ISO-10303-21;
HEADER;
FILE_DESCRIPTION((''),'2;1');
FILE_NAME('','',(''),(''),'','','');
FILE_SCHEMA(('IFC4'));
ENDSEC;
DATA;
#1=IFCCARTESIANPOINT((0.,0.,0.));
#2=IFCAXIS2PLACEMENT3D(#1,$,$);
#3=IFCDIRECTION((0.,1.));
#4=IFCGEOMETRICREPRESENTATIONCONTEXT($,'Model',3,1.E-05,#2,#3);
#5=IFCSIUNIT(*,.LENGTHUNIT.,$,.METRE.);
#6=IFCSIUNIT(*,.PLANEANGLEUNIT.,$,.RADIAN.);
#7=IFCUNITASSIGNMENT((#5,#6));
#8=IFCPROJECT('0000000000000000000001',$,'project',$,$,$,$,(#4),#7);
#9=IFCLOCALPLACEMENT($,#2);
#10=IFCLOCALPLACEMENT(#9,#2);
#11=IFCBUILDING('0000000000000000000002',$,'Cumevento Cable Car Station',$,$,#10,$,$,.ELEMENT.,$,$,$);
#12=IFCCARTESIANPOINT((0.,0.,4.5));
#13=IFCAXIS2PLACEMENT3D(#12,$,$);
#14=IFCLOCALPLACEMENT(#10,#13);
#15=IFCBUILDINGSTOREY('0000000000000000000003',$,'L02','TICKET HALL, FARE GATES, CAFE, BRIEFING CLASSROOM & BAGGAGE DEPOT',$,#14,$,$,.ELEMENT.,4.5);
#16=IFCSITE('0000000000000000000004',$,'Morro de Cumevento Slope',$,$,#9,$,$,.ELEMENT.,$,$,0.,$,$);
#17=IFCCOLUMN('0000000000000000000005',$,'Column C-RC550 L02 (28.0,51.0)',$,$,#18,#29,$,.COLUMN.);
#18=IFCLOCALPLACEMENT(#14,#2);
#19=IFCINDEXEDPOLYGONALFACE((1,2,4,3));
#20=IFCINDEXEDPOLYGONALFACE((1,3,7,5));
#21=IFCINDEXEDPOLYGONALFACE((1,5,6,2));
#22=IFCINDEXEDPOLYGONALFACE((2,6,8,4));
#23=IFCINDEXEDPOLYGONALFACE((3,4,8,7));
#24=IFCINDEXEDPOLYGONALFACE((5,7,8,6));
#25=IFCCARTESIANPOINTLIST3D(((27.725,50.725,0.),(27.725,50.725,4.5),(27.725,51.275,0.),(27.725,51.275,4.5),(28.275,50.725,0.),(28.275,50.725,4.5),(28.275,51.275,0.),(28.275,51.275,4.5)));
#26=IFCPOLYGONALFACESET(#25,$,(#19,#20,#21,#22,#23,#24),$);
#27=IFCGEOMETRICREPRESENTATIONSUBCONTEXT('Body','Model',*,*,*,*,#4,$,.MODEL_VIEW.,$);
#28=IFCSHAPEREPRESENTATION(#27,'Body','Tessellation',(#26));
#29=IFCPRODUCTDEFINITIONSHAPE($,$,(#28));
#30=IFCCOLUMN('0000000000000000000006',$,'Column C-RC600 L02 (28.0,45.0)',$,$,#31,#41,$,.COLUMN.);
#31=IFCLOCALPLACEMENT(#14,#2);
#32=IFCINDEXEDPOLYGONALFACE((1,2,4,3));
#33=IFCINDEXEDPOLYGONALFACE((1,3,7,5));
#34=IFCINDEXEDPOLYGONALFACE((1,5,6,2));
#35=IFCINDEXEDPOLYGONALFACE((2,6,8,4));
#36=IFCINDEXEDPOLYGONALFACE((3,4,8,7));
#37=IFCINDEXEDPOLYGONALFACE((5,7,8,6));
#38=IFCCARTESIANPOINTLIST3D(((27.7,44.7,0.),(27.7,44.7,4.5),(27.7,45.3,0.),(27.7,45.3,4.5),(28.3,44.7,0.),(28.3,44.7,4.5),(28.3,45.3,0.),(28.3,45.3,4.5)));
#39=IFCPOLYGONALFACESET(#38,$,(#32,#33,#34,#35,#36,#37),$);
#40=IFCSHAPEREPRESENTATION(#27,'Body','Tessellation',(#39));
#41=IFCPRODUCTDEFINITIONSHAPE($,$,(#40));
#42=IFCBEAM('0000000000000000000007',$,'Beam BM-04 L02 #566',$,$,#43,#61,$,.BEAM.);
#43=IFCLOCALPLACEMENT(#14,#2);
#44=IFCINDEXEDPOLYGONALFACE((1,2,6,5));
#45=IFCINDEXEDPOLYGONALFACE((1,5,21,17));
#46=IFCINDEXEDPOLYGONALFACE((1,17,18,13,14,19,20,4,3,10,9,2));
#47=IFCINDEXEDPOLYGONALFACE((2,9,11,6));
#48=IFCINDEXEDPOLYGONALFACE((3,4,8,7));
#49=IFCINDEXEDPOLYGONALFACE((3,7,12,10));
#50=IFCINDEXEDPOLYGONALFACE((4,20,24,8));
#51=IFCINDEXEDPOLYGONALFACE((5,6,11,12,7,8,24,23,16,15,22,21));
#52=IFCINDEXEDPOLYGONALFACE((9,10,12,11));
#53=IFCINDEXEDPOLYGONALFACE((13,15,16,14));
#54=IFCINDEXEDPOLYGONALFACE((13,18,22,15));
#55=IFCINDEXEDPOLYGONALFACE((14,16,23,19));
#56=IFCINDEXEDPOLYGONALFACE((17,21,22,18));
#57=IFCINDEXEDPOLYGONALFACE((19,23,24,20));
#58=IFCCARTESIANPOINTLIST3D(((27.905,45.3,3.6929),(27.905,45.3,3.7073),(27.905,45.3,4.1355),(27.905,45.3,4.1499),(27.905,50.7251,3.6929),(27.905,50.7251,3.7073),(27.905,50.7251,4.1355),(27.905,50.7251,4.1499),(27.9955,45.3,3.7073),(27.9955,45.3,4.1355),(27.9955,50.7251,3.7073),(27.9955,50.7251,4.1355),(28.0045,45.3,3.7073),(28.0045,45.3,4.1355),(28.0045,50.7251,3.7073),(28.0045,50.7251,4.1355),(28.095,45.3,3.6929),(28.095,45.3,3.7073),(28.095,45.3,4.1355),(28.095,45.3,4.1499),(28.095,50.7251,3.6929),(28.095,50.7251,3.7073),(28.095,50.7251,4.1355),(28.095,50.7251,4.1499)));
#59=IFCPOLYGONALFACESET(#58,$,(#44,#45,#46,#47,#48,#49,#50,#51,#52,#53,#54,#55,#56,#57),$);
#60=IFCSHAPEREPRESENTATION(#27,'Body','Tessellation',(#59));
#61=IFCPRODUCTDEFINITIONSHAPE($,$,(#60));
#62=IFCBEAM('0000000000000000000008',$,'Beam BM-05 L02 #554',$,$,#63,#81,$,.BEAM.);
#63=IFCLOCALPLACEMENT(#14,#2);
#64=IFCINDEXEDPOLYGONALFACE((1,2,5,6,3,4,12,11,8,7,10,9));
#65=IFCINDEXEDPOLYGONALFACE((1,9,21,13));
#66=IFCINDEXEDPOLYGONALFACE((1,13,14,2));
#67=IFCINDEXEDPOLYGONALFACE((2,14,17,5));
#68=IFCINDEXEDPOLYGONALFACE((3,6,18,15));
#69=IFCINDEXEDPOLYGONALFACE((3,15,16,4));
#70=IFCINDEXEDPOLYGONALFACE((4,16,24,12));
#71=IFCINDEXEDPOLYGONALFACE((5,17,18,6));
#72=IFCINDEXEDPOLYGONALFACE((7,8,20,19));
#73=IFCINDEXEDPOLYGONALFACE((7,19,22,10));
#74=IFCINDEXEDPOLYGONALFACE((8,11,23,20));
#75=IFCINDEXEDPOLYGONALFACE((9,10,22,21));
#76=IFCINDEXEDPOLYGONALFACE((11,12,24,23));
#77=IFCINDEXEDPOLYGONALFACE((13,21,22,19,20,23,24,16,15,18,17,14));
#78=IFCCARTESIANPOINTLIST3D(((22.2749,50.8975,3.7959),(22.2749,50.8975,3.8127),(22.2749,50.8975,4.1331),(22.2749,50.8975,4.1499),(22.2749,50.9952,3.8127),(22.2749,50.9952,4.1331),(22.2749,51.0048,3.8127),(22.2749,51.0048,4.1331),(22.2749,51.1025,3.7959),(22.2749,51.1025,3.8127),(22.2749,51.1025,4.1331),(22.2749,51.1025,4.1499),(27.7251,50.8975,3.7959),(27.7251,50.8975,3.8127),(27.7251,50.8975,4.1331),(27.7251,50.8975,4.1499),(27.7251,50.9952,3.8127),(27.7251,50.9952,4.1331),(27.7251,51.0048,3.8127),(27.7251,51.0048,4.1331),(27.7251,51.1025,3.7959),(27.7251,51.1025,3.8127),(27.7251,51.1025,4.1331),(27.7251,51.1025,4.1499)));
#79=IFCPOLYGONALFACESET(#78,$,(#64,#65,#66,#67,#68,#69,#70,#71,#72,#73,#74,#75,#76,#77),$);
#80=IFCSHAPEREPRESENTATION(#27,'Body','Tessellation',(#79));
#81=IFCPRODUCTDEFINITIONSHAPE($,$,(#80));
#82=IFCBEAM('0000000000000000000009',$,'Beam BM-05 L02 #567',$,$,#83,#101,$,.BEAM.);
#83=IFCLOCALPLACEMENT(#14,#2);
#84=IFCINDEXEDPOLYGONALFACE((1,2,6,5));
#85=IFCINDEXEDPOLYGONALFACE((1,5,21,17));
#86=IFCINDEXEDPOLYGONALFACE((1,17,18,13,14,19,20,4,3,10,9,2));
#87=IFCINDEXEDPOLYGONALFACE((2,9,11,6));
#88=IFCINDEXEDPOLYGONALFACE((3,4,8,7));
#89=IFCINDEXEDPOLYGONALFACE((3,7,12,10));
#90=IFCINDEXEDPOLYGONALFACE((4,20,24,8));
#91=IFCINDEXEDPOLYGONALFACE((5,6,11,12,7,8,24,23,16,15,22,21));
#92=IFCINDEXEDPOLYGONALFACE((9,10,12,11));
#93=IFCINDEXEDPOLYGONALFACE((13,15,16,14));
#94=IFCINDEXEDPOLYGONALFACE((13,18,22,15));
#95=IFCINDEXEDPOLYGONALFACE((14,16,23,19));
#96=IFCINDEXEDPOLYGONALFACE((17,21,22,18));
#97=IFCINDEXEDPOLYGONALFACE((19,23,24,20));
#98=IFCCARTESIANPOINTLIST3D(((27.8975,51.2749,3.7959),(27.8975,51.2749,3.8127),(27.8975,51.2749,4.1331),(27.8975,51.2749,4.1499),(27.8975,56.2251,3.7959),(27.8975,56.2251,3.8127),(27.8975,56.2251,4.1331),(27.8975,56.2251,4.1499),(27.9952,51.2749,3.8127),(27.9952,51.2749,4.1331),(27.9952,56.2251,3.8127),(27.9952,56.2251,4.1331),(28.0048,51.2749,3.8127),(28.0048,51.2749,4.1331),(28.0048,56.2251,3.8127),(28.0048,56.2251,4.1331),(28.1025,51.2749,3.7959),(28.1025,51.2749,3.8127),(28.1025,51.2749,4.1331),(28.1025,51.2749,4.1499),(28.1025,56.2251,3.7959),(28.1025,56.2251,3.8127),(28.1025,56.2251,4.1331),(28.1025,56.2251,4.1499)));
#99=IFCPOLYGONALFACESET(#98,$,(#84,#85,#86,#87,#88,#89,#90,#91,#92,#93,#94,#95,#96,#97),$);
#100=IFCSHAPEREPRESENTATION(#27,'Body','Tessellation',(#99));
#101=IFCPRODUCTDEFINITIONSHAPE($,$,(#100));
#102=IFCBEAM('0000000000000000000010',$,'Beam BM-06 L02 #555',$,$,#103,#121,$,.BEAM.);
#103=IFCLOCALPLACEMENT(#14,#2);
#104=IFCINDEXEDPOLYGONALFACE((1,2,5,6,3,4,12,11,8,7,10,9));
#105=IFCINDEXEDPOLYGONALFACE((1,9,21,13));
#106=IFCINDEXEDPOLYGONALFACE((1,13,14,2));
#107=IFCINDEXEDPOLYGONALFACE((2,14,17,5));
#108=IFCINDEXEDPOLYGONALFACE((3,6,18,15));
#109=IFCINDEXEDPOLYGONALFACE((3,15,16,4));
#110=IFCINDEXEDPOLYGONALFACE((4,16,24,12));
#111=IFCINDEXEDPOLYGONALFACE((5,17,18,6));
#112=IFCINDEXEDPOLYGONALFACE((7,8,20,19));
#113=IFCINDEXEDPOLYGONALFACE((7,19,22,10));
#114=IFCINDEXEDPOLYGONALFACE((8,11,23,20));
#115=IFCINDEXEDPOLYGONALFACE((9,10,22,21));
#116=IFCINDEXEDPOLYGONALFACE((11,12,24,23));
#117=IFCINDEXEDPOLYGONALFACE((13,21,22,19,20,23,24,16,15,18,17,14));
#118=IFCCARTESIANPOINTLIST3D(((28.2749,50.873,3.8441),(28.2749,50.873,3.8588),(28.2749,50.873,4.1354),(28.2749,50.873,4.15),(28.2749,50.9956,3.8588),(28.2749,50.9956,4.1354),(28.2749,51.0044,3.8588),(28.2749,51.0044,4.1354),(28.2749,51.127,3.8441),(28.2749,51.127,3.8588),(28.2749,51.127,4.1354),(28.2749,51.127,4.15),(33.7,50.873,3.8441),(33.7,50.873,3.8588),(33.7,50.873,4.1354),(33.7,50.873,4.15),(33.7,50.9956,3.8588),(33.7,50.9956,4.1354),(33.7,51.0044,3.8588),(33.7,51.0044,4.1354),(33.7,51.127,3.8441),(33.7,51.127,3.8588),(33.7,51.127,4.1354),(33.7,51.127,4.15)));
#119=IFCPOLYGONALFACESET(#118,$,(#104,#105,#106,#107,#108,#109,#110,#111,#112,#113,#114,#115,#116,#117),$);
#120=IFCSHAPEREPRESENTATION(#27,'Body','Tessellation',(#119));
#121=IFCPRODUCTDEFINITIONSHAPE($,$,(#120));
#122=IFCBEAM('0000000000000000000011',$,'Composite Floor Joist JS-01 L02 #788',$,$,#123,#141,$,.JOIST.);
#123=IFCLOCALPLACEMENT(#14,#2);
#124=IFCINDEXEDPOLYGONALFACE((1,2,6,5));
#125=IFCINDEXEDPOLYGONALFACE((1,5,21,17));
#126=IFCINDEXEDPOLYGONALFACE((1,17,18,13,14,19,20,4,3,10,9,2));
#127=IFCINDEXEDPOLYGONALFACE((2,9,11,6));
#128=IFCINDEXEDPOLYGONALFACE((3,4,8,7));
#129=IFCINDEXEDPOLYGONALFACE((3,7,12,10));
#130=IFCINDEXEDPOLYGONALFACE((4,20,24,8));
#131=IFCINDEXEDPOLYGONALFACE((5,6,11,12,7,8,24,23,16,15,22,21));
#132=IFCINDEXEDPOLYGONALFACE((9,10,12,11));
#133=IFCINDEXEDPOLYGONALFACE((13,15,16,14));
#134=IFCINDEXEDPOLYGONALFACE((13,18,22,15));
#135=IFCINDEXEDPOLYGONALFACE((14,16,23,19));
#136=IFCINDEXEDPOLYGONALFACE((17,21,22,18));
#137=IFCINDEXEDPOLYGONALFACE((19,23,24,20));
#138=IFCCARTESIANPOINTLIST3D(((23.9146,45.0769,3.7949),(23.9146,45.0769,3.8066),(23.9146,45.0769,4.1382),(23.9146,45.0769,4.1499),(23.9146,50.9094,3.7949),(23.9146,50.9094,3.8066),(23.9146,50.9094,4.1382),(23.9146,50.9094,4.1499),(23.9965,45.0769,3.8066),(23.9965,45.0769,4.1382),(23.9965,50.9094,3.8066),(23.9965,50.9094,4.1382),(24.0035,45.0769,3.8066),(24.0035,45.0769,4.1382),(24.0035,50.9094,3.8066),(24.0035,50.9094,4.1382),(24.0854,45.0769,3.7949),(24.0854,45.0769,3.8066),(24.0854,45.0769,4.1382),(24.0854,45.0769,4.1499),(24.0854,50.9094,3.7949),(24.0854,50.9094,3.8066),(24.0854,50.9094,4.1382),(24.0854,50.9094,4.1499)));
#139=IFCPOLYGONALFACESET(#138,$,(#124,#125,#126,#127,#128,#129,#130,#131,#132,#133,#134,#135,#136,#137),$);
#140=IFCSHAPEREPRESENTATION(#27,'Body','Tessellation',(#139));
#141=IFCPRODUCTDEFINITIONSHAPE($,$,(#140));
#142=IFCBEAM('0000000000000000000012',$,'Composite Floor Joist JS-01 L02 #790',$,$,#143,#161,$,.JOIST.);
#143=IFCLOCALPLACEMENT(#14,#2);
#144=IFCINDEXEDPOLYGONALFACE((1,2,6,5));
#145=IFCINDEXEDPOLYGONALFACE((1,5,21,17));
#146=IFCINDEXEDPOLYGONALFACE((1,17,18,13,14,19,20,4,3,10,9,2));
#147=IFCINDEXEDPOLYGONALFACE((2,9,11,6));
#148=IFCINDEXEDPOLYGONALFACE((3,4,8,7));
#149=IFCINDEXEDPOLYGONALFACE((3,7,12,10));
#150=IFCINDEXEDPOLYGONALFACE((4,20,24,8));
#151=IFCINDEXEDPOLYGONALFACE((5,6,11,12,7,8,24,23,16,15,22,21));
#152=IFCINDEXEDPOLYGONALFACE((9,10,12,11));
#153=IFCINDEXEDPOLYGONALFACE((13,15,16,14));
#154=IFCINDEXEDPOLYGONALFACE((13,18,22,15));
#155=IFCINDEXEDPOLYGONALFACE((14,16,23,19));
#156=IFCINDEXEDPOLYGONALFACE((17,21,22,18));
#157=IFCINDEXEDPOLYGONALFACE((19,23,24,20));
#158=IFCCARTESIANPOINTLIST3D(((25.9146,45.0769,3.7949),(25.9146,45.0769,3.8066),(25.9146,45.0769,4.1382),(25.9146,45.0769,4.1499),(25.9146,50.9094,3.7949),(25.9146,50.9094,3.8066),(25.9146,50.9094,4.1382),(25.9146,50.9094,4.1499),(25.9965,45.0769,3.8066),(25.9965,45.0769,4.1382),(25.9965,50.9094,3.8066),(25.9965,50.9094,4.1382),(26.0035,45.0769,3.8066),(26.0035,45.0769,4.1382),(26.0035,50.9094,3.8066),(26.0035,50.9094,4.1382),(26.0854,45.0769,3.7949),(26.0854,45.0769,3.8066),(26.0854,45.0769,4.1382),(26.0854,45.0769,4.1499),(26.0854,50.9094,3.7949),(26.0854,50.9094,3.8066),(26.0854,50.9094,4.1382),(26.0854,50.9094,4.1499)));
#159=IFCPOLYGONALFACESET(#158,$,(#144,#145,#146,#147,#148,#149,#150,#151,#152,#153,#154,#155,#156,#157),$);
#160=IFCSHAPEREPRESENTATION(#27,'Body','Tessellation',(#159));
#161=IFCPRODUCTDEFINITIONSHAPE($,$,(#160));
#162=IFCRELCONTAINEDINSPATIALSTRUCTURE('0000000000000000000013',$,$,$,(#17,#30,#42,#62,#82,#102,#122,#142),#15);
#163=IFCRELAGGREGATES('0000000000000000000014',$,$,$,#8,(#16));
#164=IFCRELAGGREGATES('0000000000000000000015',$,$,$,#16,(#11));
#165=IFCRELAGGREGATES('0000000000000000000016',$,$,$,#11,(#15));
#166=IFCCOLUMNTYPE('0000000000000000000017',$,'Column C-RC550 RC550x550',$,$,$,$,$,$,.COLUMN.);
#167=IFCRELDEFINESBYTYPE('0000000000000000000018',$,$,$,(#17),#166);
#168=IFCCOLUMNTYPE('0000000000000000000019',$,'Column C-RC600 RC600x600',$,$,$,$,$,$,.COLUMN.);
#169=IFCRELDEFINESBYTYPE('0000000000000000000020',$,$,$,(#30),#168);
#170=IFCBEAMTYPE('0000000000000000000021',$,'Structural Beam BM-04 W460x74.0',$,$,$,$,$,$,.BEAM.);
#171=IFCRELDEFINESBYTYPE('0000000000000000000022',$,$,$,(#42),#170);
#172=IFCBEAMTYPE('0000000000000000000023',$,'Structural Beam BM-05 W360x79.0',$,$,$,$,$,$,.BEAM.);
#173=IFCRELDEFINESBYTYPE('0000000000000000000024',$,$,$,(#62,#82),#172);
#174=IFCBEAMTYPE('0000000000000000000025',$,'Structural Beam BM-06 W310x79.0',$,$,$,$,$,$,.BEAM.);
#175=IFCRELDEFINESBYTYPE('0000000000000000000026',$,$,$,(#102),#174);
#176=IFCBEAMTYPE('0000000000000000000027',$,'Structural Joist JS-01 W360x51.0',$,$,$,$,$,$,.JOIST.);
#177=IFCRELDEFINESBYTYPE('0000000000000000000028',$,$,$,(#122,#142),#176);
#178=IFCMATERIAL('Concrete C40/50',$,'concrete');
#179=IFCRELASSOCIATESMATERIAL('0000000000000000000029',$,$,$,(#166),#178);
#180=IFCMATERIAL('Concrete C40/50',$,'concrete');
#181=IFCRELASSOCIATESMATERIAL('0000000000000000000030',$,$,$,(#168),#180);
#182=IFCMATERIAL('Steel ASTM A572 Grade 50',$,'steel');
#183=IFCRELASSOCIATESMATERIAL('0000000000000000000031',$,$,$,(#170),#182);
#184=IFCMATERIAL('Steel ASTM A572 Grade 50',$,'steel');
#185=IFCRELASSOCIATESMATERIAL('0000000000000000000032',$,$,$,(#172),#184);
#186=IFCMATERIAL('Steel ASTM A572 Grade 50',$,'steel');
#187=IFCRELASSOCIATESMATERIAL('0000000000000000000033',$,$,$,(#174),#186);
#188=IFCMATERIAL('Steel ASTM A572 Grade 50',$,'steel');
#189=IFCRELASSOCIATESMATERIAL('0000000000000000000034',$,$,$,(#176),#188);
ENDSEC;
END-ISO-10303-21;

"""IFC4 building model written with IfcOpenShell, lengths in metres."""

from ifc_helpers import new_model, si_unit, direction, frame, origin, origin_2d, place, context, subcontext, project, spatial, rectangle, i_section, extrude, material, material_profile, profile_set, type_object, element, save


model = new_model("IFC4")

# Units and contexts
model_context = context("Model", 3, precision=1e-05, world=origin(), true_north=direction((0.0, 1.0)))
body_context = subcontext(model_context, "Body", "Model", "MODEL_VIEW")
ifc_project = project(units=[si_unit("LENGTHUNIT", "METRE"), si_unit("PLANEANGLEUNIT", "RADIAN")], contexts=[model_context])

# Site, building, storey
site_placement = place(None, origin())
site = spatial("IfcSite", under=ifc_project, at=site_placement, Name="Morro de Cumevento Slope", CompositionType="ELEMENT", RefElevation=0.0)
building_placement = place(site_placement, origin())
building = spatial("IfcBuilding", under=site, at=building_placement, Name="Cumevento Cable Car Station", CompositionType="ELEMENT")
storey_placement = place(building_placement, frame((0.0, 0.0, 4.5)))
storey = spatial("IfcBuildingStorey", under=building, at=storey_placement, Name="L02", Description="TICKET HALL, FARE GATES, CAFE, BRIEFING CLASSROOM & BAGGAGE DEPOT", CompositionType="ELEMENT", Elevation=4.5)

# Columns
ifc_material_1 = material(Name="Concrete C40/50", Category="concrete")
ifc_material_profile_1 = material_profile(ifc_material_1, rectangle(XDim=0.55, YDim=0.55, at=origin_2d()), Name="RC550x550")
ifc_profile_set_1 = profile_set([ifc_material_profile_1], Name="Concrete C40/50")
column_type_1 = type_object("IfcColumnType", Name="Column C-RC550 RC550x550", PredefinedType="COLUMN", material=ifc_profile_set_1)
column_1_placement = place(storey_placement, frame((28.0, 51.0, 0.0), z_axis=(0.0, 0.0, 1.0), x_axis=(1.0, 0.0, 0.0)))
element("IfcColumn", 1, at=column_1_placement, inside=storey, type_object=column_type_1, Name="Column C-RC550 L02 (28.0,51.0)", PredefinedType="COLUMN", context=body_context, shape_type="SweptSolid", body=[
    extrude(rectangle(XDim=0.55, YDim=0.55, at=origin_2d()), origin(), (0.0, 0.0, 1.0), 4.5),
])
ifc_material_2 = material(Name="Concrete C40/50", Category="concrete")
ifc_material_profile_2 = material_profile(ifc_material_2, rectangle(XDim=0.6001, YDim=0.6001, at=origin_2d()), Name="RC600x600")
ifc_profile_set_2 = profile_set([ifc_material_profile_2], Name="Concrete C40/50")
column_type_2 = type_object("IfcColumnType", Name="Column C-RC600 RC600x600", PredefinedType="COLUMN", material=ifc_profile_set_2)
column_2_placement = place(storey_placement, frame((28.0, 45.0, 0.0), z_axis=(0.0, 0.0, 1.0), x_axis=(1.0, 0.0, 0.0)))
element("IfcColumn", 2, at=column_2_placement, inside=storey, type_object=column_type_2, Name="Column C-RC600 L02 (28.0,45.0)", PredefinedType="COLUMN", context=body_context, shape_type="SweptSolid", body=[
    extrude(rectangle(XDim=0.6001, YDim=0.6001, at=origin_2d()), origin(), (0.0, 0.0, 1.0), 4.5),
])

# Beams
ifc_material_3 = material(Name="Steel ASTM A572 Grade 50", Category="steel")
ifc_material_profile_3 = material_profile(ifc_material_3, i_section(OverallWidth=0.1899, OverallDepth=0.457, WebThickness=0.009, FlangeThickness=0.0144, at=origin_2d()), Name="W460x74.0")
ifc_profile_set_3 = profile_set([ifc_material_profile_3], Name="Steel ASTM A572 Grade 50")
beam_type_1 = type_object("IfcBeamType", Name="Structural Beam BM-04 W460x74.0", PredefinedType="BEAM", material=ifc_profile_set_3)
beam_1_placement = place(storey_placement, frame((28.0, 45.3, 3.9214), z_axis=(0.0, 1.0, 0.0), x_axis=(-1.0, 0.0, 0.0)))
element("IfcBeam", 3, at=beam_1_placement, inside=storey, type_object=beam_type_1, Name="Beam BM-04 L02 #566", PredefinedType="BEAM", context=body_context, shape_type="SweptSolid", body=[
    extrude(i_section(OverallWidth=0.1899, OverallDepth=0.457, WebThickness=0.009, FlangeThickness=0.0144, at=origin_2d()), origin(), (0.0, 0.0, 1.0), 5.425),
])
ifc_material_4 = material(Name="Steel ASTM A572 Grade 50", Category="steel")
ifc_material_profile_4 = material_profile(ifc_material_4, i_section(OverallWidth=0.2051, OverallDepth=0.354, WebThickness=0.0095, FlangeThickness=0.0168, at=origin_2d()), Name="W360x79.0")
ifc_profile_set_4 = profile_set([ifc_material_profile_4], Name="Steel ASTM A572 Grade 50")
beam_type_2 = type_object("IfcBeamType", Name="Structural Beam BM-05 W360x79.0", PredefinedType="BEAM", material=ifc_profile_set_4)
beam_2_placement = place(storey_placement, frame((22.2749, 51.0, 3.9729), z_axis=(1.0, 0.0, 0.0), x_axis=(0.0, 1.0, 0.0)))
element("IfcBeam", 4, at=beam_2_placement, inside=storey, type_object=beam_type_2, Name="Beam BM-05 L02 #554", PredefinedType="BEAM", context=body_context, shape_type="SweptSolid", body=[
    extrude(i_section(OverallWidth=0.2051, OverallDepth=0.354, WebThickness=0.0095, FlangeThickness=0.0168, at=origin_2d()), origin(), (0.0, 0.0, 1.0), 5.4502),
])
beam_3_placement = place(storey_placement, frame((28.0, 51.2749, 3.9729), z_axis=(0.0, 1.0, 0.0), x_axis=(-1.0, 0.0, 0.0)))
element("IfcBeam", 5, at=beam_3_placement, inside=storey, type_object=beam_type_2, Name="Beam BM-05 L02 #567", PredefinedType="BEAM", context=body_context, shape_type="SweptSolid", body=[
    extrude(i_section(OverallWidth=0.2051, OverallDepth=0.354, WebThickness=0.0095, FlangeThickness=0.0168, at=origin_2d()), origin(), (0.0, 0.0, 1.0), 4.9502),
])
ifc_material_5 = material(Name="Steel ASTM A572 Grade 50", Category="steel")
ifc_material_profile_5 = material_profile(ifc_material_5, i_section(OverallWidth=0.2539, OverallDepth=0.3059, WebThickness=0.0088, FlangeThickness=0.0146, at=origin_2d()), Name="W310x79.0")
ifc_profile_set_5 = profile_set([ifc_material_profile_5], Name="Steel ASTM A572 Grade 50")
beam_type_3 = type_object("IfcBeamType", Name="Structural Beam BM-06 W310x79.0", PredefinedType="BEAM", material=ifc_profile_set_5)
beam_4_placement = place(storey_placement, frame((28.2749, 51.0, 3.9971), z_axis=(1.0, 0.0, 0.0), x_axis=(0.0, 1.0, 0.0)))
element("IfcBeam", 6, at=beam_4_placement, inside=storey, type_object=beam_type_3, Name="Beam BM-06 L02 #555", PredefinedType="BEAM", context=body_context, shape_type="SweptSolid", body=[
    extrude(i_section(OverallWidth=0.2539, OverallDepth=0.3059, WebThickness=0.0088, FlangeThickness=0.0146, at=origin_2d()), origin(), (0.0, 0.0, 1.0), 5.425),
])
ifc_material_6 = material(Name="Steel ASTM A572 Grade 50", Category="steel")
ifc_material_profile_6 = material_profile(ifc_material_6, i_section(OverallWidth=0.1709, OverallDepth=0.355, WebThickness=0.0071, FlangeThickness=0.0117, at=origin_2d()), Name="W360x51.0")
ifc_profile_set_6 = profile_set([ifc_material_profile_6], Name="Steel ASTM A572 Grade 50")
beam_type_4 = type_object("IfcBeamType", Name="Structural Joist JS-01 W360x51.0", PredefinedType="JOIST", material=ifc_profile_set_6)
for number, where, z_axis, x_axis, name in (
    (7, (24.0, 45.0769, 3.9724), (0.0, 1.0, 0.0), (-1.0, 0.0, 0.0), "Composite Floor Joist JS-01 L02 #788"),
    (8, (26.0, 45.0769, 3.9724), (0.0, 1.0, 0.0), (-1.0, 0.0, 0.0), "Composite Floor Joist JS-01 L02 #790"),
):
    element("IfcBeam", number, at=place(storey_placement, frame(where, z_axis=z_axis, x_axis=x_axis)), inside=storey, type_object=beam_type_4, Name=name, PredefinedType="JOIST", context=body_context, shape_type="SweptSolid", body=[
        extrude(i_section(OverallWidth=0.1709, OverallDepth=0.355, WebThickness=0.0071, FlangeThickness=0.0117, at=origin_2d()), origin(), (0.0, 0.0, 1.0), 5.8325),
    ])

save(model, "model.ifc")
